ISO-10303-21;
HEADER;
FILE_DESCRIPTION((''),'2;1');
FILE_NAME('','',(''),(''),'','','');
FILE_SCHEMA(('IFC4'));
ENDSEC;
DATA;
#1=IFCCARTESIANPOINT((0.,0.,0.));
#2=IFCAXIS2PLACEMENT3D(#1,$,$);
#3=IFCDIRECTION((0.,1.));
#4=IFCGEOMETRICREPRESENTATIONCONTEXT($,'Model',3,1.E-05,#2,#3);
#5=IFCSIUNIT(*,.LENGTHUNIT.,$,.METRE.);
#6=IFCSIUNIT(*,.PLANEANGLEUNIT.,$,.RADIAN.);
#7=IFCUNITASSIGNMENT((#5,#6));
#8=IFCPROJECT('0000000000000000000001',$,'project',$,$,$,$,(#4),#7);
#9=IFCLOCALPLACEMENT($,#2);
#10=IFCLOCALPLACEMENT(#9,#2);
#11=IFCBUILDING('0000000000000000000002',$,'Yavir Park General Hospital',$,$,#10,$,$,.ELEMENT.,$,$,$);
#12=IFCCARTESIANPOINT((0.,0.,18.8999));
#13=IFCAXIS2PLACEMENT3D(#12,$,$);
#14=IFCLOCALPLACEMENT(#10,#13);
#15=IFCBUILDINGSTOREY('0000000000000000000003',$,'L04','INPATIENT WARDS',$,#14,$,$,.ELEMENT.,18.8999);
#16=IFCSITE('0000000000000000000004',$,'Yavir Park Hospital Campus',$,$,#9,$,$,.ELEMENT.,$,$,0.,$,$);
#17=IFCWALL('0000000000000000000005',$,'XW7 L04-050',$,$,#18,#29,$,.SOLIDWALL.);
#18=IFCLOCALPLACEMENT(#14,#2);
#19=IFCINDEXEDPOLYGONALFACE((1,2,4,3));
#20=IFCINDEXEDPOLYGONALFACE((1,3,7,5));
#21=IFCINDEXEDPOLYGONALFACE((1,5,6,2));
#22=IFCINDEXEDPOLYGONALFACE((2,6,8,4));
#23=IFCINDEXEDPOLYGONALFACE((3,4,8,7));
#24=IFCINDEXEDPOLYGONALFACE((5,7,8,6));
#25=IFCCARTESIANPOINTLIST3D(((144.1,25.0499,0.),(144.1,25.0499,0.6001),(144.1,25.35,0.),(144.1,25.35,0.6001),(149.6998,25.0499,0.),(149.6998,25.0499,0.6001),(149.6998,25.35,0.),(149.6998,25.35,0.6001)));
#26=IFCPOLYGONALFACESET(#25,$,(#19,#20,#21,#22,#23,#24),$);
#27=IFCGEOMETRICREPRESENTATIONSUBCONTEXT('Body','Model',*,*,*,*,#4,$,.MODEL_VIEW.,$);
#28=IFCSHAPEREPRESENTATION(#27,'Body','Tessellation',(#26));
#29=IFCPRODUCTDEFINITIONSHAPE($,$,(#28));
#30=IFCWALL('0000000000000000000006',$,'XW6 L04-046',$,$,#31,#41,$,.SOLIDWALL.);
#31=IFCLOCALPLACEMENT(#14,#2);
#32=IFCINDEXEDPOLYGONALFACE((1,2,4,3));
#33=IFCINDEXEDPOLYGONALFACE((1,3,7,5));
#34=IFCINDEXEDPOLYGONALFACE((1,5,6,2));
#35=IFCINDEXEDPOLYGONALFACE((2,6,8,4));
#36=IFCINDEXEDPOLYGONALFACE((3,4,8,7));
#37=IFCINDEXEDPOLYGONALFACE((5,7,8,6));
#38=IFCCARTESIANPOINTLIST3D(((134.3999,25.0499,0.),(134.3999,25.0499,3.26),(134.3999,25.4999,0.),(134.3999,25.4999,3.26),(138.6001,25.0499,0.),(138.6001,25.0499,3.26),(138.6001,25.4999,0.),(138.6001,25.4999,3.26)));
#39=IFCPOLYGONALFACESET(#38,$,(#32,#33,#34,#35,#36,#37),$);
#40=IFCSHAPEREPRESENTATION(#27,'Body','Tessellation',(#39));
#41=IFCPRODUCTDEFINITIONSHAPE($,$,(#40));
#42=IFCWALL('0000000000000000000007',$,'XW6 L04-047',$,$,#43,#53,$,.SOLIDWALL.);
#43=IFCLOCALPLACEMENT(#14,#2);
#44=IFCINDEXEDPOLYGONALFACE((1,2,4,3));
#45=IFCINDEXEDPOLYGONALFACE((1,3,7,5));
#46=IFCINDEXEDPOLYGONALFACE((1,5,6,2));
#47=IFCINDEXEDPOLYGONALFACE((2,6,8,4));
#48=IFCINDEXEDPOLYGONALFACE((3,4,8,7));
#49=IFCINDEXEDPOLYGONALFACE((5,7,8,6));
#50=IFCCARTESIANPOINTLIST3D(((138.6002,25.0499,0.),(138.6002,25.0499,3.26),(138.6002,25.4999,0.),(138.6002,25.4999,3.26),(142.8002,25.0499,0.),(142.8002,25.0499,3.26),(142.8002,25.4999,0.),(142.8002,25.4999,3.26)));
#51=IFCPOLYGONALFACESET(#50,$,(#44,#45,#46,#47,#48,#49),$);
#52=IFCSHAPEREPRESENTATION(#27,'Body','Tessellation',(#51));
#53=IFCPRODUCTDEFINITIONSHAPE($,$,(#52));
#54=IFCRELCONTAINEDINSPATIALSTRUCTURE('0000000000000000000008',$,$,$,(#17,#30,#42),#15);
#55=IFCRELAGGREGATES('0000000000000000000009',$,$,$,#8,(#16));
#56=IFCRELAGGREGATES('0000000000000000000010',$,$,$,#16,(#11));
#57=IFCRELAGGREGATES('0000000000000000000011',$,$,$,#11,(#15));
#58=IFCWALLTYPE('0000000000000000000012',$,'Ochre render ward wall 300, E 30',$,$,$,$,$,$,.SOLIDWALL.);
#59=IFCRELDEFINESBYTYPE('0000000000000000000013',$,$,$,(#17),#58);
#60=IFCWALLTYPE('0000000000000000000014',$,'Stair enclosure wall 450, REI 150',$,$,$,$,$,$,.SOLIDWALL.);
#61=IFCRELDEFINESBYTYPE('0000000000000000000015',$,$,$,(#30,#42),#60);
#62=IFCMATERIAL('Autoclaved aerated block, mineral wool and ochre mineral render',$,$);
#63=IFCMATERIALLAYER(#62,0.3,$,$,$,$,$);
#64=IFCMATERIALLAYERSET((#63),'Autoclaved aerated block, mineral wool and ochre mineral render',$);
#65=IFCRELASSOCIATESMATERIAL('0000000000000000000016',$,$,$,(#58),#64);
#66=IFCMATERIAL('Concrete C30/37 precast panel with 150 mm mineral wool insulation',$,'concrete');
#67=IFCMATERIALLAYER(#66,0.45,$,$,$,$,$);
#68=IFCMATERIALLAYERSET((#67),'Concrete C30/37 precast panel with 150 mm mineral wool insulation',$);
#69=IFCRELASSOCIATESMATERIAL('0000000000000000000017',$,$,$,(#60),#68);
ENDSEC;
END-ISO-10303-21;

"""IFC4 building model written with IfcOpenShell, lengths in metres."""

from ifc_helpers import new_model, si_unit, direction, frame, frame_2d, origin, place, context, subcontext, project, spatial, rectangle, extrude, material, layer, layer_set, type_object, element, save


model = new_model("IFC4")

# Units and contexts
model_context = context("Model", 3, precision=1e-05, world=origin(), true_north=direction((0.0, 1.0)))
body_context = subcontext(model_context, "Body", "Model", "MODEL_VIEW")
ifc_project = project(units=[si_unit("LENGTHUNIT", "METRE"), si_unit("PLANEANGLEUNIT", "RADIAN")], contexts=[model_context])

# Site, building, storey
site_placement = place(None, origin())
site = spatial("IfcSite", under=ifc_project, at=site_placement, Name="Yavir Park Hospital Campus", CompositionType="ELEMENT", RefElevation=0.0)
building_placement = place(site_placement, origin())
building = spatial("IfcBuilding", under=site, at=building_placement, Name="Yavir Park General Hospital", CompositionType="ELEMENT")
storey_placement = place(building_placement, frame((0.0, 0.0, 18.8999)))
storey = spatial("IfcBuildingStorey", under=building, at=storey_placement, Name="L04", Description="INPATIENT WARDS", CompositionType="ELEMENT", Elevation=18.8999)

# Walls
ifc_material_1 = material(Name="Autoclaved aerated block, mineral wool and ochre mineral render")
ifc_layer_1 = layer(ifc_material_1, 0.3)
ifc_layer_set_1 = layer_set([ifc_layer_1], Name="Autoclaved aerated block, mineral wool and ochre mineral render")
wall_type_1 = type_object("IfcWallType", Name="Ochre render ward wall 300, E 30", PredefinedType="SOLIDWALL", material=ifc_layer_set_1)
wall_1_placement = place(storey_placement, frame((144.1001, 25.2, 0.0), z_axis=(0.0, 0.0, 1.0), x_axis=(1.0, 0.0, 0.0)))
element("IfcWall", 1, at=wall_1_placement, inside=storey, type_object=wall_type_1, Name="XW7 L04-050", PredefinedType="SOLIDWALL", context=body_context, shape_type="SweptSolid", body=[
    extrude(rectangle(XDim=5.5999, YDim=0.3, at=frame_2d((2.7998, 0.0))), origin(), (0.0, 0.0, 1.0), 0.6001),
])
ifc_material_2 = material(Name="Concrete C30/37 precast panel with 150 mm mineral wool insulation", Category="concrete")
ifc_layer_2 = layer(ifc_material_2, 0.45)
ifc_layer_set_2 = layer_set([ifc_layer_2], Name="Concrete C30/37 precast panel with 150 mm mineral wool insulation")
wall_type_2 = type_object("IfcWallType", Name="Stair enclosure wall 450, REI 150", PredefinedType="SOLIDWALL", material=ifc_layer_set_2)
wall_2_placement = place(storey_placement, frame((134.3999, 25.2749, 0.0), z_axis=(0.0, 0.0, 1.0), x_axis=(1.0, 0.0, 0.0)))
element("IfcWall", 2, at=wall_2_placement, inside=storey, type_object=wall_type_2, Name="XW6 L04-046", PredefinedType="SOLIDWALL", context=body_context, shape_type="SweptSolid", body=[
    extrude(rectangle(XDim=4.2002, YDim=0.45, at=frame_2d((2.1001, 0.0))), origin(), (0.0, 0.0, 1.0), 3.26),
])
wall_3_placement = place(storey_placement, frame((138.6001, 25.2749, 0.0), z_axis=(0.0, 0.0, 1.0), x_axis=(1.0, 0.0, 0.0)))
element("IfcWall", 3, at=wall_3_placement, inside=storey, type_object=wall_type_2, Name="XW6 L04-047", PredefinedType="SOLIDWALL", context=body_context, shape_type="SweptSolid", body=[
    extrude(rectangle(XDim=4.2, YDim=0.45, at=frame_2d((2.1001, 0.0))), origin(), (0.0, 0.0, 1.0), 3.26),
])

save(model, "model.ifc")
